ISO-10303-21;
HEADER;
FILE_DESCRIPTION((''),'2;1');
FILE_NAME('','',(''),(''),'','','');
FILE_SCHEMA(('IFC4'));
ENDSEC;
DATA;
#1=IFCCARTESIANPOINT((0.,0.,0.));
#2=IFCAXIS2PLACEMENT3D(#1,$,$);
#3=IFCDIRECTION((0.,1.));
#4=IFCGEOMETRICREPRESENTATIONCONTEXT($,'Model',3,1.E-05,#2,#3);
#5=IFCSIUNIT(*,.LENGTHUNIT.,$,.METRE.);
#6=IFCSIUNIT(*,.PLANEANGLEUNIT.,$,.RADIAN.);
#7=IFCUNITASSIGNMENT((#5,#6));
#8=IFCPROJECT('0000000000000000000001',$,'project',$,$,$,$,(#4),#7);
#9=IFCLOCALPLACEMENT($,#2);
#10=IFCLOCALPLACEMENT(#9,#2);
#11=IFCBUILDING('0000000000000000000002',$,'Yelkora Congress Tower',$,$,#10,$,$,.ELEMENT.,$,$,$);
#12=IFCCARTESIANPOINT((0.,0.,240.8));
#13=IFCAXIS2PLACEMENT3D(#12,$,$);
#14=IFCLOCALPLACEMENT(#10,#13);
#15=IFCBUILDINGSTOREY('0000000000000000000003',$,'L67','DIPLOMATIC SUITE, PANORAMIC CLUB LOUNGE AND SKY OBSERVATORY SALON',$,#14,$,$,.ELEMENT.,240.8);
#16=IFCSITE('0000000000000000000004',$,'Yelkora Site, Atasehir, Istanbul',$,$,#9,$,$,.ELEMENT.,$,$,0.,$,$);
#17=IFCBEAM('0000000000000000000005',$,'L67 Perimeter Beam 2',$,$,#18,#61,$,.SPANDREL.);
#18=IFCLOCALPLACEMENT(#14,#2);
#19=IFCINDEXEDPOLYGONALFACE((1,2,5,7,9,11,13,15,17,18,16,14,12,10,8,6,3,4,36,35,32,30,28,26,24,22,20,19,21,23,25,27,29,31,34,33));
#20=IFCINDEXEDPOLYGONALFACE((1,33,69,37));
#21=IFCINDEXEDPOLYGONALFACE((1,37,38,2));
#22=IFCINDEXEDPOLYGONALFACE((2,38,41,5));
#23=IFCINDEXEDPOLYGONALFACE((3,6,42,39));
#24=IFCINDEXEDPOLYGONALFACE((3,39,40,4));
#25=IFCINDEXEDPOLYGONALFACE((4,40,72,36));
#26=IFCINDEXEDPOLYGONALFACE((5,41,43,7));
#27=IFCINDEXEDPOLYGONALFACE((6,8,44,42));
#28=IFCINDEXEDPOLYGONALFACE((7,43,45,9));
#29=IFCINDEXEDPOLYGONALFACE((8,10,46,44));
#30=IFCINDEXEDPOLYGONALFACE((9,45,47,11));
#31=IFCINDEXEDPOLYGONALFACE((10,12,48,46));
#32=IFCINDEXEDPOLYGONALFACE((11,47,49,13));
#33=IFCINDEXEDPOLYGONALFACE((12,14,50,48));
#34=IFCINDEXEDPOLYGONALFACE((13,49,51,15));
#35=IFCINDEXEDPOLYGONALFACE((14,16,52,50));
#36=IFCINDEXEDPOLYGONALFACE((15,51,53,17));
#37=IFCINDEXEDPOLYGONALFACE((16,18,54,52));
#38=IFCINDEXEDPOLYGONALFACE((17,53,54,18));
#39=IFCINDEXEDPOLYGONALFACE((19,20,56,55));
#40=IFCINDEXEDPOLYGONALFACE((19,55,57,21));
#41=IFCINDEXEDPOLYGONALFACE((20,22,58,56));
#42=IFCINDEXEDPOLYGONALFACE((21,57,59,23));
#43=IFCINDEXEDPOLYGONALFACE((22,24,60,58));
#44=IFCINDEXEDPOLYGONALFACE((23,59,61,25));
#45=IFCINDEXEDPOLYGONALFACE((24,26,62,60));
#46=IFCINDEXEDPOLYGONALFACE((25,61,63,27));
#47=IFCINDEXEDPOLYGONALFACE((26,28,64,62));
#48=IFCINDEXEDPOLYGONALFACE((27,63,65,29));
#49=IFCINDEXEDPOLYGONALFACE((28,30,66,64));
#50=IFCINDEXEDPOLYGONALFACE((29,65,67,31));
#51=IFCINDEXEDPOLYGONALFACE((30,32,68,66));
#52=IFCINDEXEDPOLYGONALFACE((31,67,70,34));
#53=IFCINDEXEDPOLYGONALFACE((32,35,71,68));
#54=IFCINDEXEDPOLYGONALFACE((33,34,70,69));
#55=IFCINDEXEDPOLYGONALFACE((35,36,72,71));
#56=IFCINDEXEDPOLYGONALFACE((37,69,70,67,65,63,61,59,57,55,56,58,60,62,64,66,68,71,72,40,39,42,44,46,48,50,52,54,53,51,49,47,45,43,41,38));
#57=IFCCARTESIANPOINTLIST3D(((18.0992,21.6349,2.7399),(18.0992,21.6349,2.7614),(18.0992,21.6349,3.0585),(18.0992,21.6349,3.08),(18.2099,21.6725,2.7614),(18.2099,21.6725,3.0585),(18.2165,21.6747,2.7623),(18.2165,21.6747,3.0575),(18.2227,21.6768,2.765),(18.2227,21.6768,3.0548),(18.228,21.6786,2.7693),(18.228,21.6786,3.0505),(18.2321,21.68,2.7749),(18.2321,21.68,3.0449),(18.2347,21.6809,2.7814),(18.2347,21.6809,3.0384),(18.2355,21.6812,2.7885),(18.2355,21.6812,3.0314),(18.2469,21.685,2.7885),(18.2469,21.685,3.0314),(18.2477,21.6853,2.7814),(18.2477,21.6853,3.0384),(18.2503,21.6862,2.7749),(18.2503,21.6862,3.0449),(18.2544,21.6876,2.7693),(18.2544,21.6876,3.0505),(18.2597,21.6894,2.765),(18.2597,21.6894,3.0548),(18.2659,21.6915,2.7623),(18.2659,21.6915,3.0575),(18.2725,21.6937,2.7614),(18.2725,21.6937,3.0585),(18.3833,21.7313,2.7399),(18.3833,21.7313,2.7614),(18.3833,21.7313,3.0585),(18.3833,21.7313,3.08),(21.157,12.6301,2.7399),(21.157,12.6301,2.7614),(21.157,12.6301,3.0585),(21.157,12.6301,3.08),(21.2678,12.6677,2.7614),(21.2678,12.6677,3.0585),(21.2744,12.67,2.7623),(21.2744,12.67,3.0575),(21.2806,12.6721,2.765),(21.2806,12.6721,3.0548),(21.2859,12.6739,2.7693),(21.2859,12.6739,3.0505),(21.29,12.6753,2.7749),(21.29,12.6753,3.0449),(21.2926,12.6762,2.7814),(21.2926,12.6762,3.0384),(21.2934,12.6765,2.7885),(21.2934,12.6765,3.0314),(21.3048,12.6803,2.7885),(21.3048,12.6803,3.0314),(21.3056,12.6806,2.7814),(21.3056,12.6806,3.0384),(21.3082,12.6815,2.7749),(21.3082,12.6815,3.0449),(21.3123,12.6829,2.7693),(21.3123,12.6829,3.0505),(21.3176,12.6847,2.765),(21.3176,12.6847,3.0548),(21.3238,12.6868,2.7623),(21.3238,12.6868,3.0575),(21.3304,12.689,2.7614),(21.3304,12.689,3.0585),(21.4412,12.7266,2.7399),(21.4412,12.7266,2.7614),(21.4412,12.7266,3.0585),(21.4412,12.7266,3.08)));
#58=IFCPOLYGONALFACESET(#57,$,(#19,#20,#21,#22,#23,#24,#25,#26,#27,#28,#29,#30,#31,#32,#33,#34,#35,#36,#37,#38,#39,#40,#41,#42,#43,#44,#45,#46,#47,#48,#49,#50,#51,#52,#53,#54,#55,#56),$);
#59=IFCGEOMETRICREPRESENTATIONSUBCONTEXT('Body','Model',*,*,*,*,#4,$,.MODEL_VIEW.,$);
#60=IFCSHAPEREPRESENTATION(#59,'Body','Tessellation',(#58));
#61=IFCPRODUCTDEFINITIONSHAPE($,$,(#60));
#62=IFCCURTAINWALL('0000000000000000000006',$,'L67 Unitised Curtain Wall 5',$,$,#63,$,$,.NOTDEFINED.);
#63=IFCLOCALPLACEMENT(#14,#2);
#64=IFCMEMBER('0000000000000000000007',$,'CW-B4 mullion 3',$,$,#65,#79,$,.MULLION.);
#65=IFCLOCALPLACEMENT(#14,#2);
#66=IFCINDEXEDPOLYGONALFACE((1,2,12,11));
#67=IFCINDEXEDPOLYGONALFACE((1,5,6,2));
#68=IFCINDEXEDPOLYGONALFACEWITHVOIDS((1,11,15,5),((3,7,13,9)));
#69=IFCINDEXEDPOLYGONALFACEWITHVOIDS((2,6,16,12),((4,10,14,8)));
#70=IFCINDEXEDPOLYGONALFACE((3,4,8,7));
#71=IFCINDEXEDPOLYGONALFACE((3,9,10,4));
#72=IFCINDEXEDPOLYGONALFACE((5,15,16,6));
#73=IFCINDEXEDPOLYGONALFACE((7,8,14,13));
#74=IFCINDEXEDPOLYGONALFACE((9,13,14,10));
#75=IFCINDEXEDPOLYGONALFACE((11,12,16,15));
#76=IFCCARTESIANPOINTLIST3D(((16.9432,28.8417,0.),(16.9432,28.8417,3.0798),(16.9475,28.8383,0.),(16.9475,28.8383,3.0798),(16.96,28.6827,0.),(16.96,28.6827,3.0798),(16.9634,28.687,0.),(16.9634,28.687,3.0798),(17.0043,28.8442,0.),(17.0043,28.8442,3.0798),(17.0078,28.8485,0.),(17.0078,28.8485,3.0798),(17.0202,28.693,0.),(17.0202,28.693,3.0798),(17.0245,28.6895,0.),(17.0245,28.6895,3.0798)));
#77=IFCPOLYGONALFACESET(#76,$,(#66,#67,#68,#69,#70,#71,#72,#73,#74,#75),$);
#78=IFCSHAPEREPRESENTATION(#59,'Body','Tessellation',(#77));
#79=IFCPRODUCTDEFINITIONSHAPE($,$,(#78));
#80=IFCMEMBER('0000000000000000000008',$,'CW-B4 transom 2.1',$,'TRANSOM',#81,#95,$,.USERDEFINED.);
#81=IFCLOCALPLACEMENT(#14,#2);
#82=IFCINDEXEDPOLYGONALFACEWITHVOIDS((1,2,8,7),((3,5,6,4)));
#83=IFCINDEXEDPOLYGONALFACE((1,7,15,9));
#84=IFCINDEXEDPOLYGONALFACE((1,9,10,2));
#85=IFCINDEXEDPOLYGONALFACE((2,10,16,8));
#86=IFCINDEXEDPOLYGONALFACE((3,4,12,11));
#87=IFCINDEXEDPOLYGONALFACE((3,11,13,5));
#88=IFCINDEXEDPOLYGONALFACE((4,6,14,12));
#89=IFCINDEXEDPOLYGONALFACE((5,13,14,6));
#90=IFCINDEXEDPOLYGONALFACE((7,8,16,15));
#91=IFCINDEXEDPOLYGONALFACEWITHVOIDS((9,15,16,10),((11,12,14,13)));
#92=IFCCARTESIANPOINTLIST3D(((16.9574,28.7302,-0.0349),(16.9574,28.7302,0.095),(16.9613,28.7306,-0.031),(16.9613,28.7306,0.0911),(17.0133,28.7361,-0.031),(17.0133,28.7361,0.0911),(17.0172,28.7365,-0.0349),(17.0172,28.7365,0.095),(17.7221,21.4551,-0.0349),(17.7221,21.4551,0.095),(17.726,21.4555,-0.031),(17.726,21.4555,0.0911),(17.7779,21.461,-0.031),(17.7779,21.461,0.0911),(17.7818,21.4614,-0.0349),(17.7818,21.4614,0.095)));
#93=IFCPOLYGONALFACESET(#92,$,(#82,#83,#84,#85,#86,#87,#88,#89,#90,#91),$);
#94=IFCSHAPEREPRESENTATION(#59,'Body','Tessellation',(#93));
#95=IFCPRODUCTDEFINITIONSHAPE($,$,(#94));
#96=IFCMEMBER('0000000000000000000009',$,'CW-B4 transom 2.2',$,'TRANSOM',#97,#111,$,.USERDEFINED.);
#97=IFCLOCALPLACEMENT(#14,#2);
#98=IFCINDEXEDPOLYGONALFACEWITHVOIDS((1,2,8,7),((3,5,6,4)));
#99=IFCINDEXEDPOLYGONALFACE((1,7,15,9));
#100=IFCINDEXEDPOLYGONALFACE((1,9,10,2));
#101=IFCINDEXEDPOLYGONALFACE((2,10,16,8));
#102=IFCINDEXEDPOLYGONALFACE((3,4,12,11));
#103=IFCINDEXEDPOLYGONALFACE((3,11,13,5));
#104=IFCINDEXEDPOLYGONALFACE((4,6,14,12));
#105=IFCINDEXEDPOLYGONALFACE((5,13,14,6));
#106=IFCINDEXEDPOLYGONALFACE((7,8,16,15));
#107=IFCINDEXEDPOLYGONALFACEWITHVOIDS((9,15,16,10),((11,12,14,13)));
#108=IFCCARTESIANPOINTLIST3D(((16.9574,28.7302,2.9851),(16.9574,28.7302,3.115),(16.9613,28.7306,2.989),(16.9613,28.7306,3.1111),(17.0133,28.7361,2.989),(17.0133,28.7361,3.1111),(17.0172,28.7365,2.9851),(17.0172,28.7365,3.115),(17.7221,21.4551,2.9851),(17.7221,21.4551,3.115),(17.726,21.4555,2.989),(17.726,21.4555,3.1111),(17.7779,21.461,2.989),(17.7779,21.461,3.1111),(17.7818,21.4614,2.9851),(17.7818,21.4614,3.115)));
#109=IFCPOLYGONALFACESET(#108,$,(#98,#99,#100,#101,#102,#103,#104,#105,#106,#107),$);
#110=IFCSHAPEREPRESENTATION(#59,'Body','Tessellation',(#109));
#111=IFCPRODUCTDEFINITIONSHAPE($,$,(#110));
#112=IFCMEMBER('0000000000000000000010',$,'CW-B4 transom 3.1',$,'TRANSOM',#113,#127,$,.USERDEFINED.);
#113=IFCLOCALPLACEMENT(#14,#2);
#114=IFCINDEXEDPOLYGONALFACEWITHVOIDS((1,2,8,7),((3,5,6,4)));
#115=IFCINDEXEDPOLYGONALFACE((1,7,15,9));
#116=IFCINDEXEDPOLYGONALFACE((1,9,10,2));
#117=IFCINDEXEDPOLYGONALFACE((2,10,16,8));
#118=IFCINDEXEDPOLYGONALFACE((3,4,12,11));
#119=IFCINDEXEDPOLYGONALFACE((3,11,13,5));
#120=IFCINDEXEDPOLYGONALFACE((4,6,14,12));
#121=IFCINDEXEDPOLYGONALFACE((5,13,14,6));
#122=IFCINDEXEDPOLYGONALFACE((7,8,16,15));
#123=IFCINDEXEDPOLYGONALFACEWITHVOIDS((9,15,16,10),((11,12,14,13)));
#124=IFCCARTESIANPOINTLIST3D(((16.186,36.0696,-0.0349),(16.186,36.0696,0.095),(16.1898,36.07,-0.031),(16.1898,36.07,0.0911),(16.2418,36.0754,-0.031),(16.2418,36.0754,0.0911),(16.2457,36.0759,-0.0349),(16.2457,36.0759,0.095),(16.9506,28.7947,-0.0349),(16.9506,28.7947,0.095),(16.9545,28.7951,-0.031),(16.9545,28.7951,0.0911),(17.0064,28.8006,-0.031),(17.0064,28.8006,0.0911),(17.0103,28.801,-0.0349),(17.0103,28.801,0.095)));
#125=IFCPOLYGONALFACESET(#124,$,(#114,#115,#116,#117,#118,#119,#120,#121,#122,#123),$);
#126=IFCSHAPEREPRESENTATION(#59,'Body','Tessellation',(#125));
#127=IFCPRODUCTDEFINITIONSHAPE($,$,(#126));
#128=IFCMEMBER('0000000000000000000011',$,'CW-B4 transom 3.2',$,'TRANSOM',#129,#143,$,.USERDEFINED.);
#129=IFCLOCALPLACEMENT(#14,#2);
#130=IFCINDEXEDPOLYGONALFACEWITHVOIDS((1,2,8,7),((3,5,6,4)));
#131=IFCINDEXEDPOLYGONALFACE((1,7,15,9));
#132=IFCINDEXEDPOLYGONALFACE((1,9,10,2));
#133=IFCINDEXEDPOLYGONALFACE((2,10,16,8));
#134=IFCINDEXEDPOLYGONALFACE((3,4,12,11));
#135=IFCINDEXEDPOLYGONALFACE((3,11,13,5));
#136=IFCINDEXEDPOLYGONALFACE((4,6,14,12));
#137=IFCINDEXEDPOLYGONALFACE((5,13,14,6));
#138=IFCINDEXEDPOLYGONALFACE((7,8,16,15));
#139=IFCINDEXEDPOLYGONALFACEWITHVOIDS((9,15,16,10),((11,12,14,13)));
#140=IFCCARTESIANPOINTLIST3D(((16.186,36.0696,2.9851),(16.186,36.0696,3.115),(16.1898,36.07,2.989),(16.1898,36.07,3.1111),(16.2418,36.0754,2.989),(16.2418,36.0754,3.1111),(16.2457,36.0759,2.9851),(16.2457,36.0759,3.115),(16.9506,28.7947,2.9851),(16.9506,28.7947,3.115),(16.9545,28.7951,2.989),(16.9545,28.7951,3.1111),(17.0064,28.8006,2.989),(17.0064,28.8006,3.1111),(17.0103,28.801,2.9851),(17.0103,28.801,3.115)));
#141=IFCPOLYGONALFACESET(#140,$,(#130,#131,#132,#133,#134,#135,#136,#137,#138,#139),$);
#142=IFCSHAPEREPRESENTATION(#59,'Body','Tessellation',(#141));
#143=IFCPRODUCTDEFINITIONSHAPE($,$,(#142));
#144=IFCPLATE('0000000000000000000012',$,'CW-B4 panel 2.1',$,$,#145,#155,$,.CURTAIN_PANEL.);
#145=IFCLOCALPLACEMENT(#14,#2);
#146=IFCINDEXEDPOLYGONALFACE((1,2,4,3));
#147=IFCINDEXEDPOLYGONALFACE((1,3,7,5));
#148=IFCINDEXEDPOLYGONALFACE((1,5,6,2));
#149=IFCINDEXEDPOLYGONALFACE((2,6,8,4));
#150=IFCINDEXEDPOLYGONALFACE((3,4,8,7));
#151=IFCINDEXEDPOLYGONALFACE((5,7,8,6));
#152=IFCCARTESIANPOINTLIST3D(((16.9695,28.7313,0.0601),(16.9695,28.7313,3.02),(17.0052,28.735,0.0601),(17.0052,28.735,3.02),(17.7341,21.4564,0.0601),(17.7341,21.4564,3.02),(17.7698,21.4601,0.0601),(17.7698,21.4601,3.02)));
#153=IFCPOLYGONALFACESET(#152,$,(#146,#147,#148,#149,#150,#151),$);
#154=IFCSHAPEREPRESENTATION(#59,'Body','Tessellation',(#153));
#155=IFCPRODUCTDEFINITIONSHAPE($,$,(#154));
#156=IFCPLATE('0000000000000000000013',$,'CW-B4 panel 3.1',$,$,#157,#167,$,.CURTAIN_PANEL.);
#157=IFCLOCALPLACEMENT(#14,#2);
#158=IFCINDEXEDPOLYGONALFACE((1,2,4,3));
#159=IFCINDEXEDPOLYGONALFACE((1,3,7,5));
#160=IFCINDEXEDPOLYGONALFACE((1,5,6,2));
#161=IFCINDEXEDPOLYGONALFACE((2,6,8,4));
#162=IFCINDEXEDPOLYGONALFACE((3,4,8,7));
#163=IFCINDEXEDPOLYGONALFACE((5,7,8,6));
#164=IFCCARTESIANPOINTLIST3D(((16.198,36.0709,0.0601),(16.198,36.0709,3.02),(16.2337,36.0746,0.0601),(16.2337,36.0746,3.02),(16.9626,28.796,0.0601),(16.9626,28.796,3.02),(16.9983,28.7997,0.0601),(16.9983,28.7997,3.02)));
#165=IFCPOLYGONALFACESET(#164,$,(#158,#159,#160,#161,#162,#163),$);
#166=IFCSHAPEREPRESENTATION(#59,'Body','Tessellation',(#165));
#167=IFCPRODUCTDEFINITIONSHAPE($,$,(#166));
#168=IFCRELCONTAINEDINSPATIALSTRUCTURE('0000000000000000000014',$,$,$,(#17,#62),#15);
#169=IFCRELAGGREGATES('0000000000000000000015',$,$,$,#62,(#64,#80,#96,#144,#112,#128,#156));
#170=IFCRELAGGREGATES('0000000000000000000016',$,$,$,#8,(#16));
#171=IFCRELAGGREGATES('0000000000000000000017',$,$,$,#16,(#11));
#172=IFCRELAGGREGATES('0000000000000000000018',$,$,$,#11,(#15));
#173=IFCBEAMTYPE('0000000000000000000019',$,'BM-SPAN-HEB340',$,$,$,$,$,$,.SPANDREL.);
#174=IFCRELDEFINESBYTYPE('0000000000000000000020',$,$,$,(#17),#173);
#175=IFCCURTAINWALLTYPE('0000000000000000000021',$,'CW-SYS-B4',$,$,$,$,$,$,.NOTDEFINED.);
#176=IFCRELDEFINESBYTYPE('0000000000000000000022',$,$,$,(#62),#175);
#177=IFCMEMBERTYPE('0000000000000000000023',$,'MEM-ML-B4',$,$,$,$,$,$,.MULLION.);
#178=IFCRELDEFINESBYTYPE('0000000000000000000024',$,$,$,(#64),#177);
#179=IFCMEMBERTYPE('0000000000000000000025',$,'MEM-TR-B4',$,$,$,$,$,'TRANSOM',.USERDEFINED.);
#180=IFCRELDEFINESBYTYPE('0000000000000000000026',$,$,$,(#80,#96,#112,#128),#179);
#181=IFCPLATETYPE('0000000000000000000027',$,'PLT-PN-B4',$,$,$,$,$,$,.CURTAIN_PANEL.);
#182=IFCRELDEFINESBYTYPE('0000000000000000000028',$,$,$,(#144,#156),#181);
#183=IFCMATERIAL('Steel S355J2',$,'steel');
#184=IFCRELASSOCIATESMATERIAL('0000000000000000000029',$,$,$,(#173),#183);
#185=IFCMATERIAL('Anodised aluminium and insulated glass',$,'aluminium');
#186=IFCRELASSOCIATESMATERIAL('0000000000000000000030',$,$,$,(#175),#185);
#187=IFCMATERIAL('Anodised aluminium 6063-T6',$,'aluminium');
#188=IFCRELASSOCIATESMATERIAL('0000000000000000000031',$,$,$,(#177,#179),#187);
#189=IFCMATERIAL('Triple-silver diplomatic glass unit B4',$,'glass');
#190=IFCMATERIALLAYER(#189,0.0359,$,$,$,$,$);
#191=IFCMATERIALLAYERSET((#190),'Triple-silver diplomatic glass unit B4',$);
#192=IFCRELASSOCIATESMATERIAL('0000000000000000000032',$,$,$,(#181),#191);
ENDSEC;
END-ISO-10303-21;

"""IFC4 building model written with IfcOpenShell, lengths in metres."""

from ifc_helpers import new_model, si_unit, direction, frame, origin, origin_2d, place, context, subcontext, project, spatial, rectangle, hollow_rectangle, i_section, extrude, material, layer, layer_set, material_profile, profile_set, type_object, element, aggregate, save


model = new_model("IFC4")

# Units and contexts
model_context = context("Model", 3, precision=1e-05, world=origin(), true_north=direction((0.0, 1.0)))
body_context = subcontext(model_context, "Body", "Model", "MODEL_VIEW")
ifc_project = project(units=[si_unit("LENGTHUNIT", "METRE"), si_unit("PLANEANGLEUNIT", "RADIAN")], contexts=[model_context])

# Site, building, storey
site_placement = place(None, origin())
site = spatial("IfcSite", under=ifc_project, at=site_placement, Name="Yelkora Site, Atasehir, Istanbul", CompositionType="ELEMENT", RefElevation=0.0)
building_placement = place(site_placement, origin())
building = spatial("IfcBuilding", under=site, at=building_placement, Name="Yelkora Congress Tower", CompositionType="ELEMENT")
storey_placement = place(building_placement, frame((0.0, 0.0, 240.8)))
storey = spatial("IfcBuildingStorey", under=building, at=storey_placement, Name="L67", Description="DIPLOMATIC SUITE, PANORAMIC CLUB LOUNGE AND SKY OBSERVATORY SALON", CompositionType="ELEMENT", Elevation=240.8)

# Shared definitions
ifc_material_1 = material(Name="Steel S355J2", Category="steel")

# Beam
ifc_material_profile_1 = material_profile(ifc_material_1, i_section(OverallWidth=0.3, OverallDepth=0.3401, WebThickness=0.012, FlangeThickness=0.0215, FilletRadius=0.0271, at=origin_2d()), Name="HEB 340")
ifc_profile_set_1 = profile_set([ifc_material_profile_1], Name="Steel S355J2")
beam_type_1 = type_object("IfcBeamType", Name="BM-SPAN-HEB340", PredefinedType="SPANDREL", material=ifc_profile_set_1)
beam_1_placement = place(storey_placement, frame((18.2412, 21.6831, 2.9099), z_axis=(0.321552, -0.946892, 0.0), x_axis=(0.946892, 0.321552, 0.0)))
element("IfcBeam", 1, at=beam_1_placement, inside=storey, type_object=beam_type_1, Name="L67 Perimeter Beam 2", PredefinedType="SPANDREL", context=body_context, shape_type="SweptSolid", body=[
    extrude(i_section(OverallWidth=0.3, OverallDepth=0.3401, WebThickness=0.012, FlangeThickness=0.0215, FilletRadius=0.0271, at=origin_2d()), origin(), (0.0, 0.0, 1.0), 9.5098),
])

# Curtain wall, members, plates
ifc_material_2 = material(Name="Anodised aluminium and insulated glass", Category="aluminium")
curtain_wall_type = type_object("IfcCurtainWallType", Name="CW-SYS-B4", PredefinedType="NOTDEFINED", material=ifc_material_2)
curtain_wall_placement = place(storey_placement, origin())
curtain_wall = element("IfcCurtainWall", 2, at=curtain_wall_placement, inside=storey, type_object=curtain_wall_type, Name="L67 Unitised Curtain Wall 5", PredefinedType="NOTDEFINED")
ifc_material_3 = material(Name="Anodised aluminium 6063-T6", Category="aluminium")
ifc_material_profile_2 = material_profile(ifc_material_3, hollow_rectangle(XDim=0.0649, YDim=0.1599, WallThickness=0.0039, at=origin_2d()), Name="ALU 65x160x4")
ifc_profile_set_2 = profile_set([ifc_material_profile_2], Name="Anodised aluminium 6063-T6")
member_type_1 = type_object("IfcMemberType", Name="MEM-ML-B4", PredefinedType="MULLION", material=ifc_profile_set_2)
member_1_placement = place(storey_placement, frame((16.9839, 28.7656, 0.0), z_axis=(0.0, 0.0, 1.0), x_axis=(-0.994522, -0.104526, 0.0)))
member_1 = element("IfcMember", 3, at=member_1_placement, type_object=member_type_1, Name="CW-B4 mullion 3", PredefinedType="MULLION", context=body_context, shape_type="SweptSolid", body=[
    extrude(hollow_rectangle(XDim=0.0649, YDim=0.1599, WallThickness=0.0039, at=origin_2d()), origin(), (0.0, 0.0, 1.0), 3.0798),
])
ifc_material_profile_3 = material_profile(ifc_material_3, hollow_rectangle(XDim=0.0601, YDim=0.1299, WallThickness=0.0039, at=origin_2d()), Name="ALU 60x130x4")
ifc_profile_set_3 = profile_set([ifc_material_profile_3], Name="Anodised aluminium 6063-T6")
member_type_2 = type_object("IfcMemberType", Name="MEM-TR-B4", ElementType="TRANSOM", PredefinedType="USERDEFINED", material=ifc_profile_set_3)
member_2_placement = place(storey_placement, frame((17.752, 21.4583, 0.03), z_axis=(-0.104528, 0.994522, 0.0), x_axis=(-0.994522, -0.104528, 0.0)))
member_2 = element("IfcMember", 4, at=member_2_placement, type_object=member_type_2, Name="CW-B4 transom 2.1", ObjectType="TRANSOM", PredefinedType="USERDEFINED", context=body_context, shape_type="SweptSolid", body=[
    extrude(hollow_rectangle(XDim=0.0601, YDim=0.1299, WallThickness=0.0039, at=origin_2d()), origin(), (0.0, 0.0, 1.0), 7.3152),
])
member_3_placement = place(storey_placement, frame((17.752, 21.4583, 3.05), z_axis=(-0.104528, 0.994522, 0.0), x_axis=(-0.994522, -0.104528, 0.0)))
member_3 = element("IfcMember", 5, at=member_3_placement, type_object=member_type_2, Name="CW-B4 transom 2.2", ObjectType="TRANSOM", PredefinedType="USERDEFINED", context=body_context, shape_type="SweptSolid", body=[
    extrude(hollow_rectangle(XDim=0.0601, YDim=0.1299, WallThickness=0.0039, at=origin_2d()), origin(), (0.0, 0.0, 1.0), 7.3152),
])
member_4_placement = place(storey_placement, frame((16.9805, 28.7979, 0.03), z_axis=(-0.104532, 0.994522, 0.0), x_axis=(-0.994522, -0.104532, 0.0)))
member_4 = element("IfcMember", 6, at=member_4_placement, type_object=member_type_2, Name="CW-B4 transom 3.1", ObjectType="TRANSOM", PredefinedType="USERDEFINED", context=body_context, shape_type="SweptSolid", body=[
    extrude(hollow_rectangle(XDim=0.0601, YDim=0.1299, WallThickness=0.0039, at=origin_2d()), origin(), (0.0, 0.0, 1.0), 7.3149),
])
member_5_placement = place(storey_placement, frame((16.9805, 28.7979, 3.05), z_axis=(-0.104532, 0.994522, 0.0), x_axis=(-0.994522, -0.104532, 0.0)))
member_5 = element("IfcMember", 7, at=member_5_placement, type_object=member_type_2, Name="CW-B4 transom 3.2", ObjectType="TRANSOM", PredefinedType="USERDEFINED", context=body_context, shape_type="SweptSolid", body=[
    extrude(hollow_rectangle(XDim=0.0601, YDim=0.1299, WallThickness=0.0039, at=origin_2d()), origin(), (0.0, 0.0, 1.0), 7.3149),
])
ifc_material_4 = material(Name="Triple-silver diplomatic glass unit B4", Category="glass")
ifc_layer_1 = layer(ifc_material_4, 0.0359)
ifc_layer_set_1 = layer_set([ifc_layer_1], Name="Triple-silver diplomatic glass unit B4")
plate_type = type_object("IfcPlateType", Name="PLT-PN-B4", PredefinedType="CURTAIN_PANEL", material=ifc_layer_set_1)
plate_1_placement = place(storey_placement, frame((17.3696, 25.0957, 0.0601), z_axis=(0.0, 0.0, 1.0), x_axis=(-0.104526, 0.994522, 0.0)))
plate_1 = element("IfcPlate", 8, at=plate_1_placement, type_object=plate_type, Name="CW-B4 panel 2.1", PredefinedType="CURTAIN_PANEL", context=body_context, shape_type="SweptSolid", body=[
    extrude(rectangle(XDim=7.3149, YDim=0.0359, at=origin_2d()), origin(), (0.0, 0.0, 1.0), 2.96),
])
plate_2_placement = place(storey_placement, frame((16.5981, 32.4353, 0.0601), z_axis=(0.0, 0.0, 1.0), x_axis=(-0.104526, 0.994522, 0.0)))
plate_2 = element("IfcPlate", 9, at=plate_2_placement, type_object=plate_type, Name="CW-B4 panel 3.1", PredefinedType="CURTAIN_PANEL", context=body_context, shape_type="SweptSolid", body=[
    extrude(rectangle(XDim=7.3149, YDim=0.0359, at=origin_2d()), origin(), (0.0, 0.0, 1.0), 2.96),
])
aggregate(curtain_wall, [member_1, member_2, member_3, plate_1, member_4, member_5, plate_2])

save(model, "model.ifc")
